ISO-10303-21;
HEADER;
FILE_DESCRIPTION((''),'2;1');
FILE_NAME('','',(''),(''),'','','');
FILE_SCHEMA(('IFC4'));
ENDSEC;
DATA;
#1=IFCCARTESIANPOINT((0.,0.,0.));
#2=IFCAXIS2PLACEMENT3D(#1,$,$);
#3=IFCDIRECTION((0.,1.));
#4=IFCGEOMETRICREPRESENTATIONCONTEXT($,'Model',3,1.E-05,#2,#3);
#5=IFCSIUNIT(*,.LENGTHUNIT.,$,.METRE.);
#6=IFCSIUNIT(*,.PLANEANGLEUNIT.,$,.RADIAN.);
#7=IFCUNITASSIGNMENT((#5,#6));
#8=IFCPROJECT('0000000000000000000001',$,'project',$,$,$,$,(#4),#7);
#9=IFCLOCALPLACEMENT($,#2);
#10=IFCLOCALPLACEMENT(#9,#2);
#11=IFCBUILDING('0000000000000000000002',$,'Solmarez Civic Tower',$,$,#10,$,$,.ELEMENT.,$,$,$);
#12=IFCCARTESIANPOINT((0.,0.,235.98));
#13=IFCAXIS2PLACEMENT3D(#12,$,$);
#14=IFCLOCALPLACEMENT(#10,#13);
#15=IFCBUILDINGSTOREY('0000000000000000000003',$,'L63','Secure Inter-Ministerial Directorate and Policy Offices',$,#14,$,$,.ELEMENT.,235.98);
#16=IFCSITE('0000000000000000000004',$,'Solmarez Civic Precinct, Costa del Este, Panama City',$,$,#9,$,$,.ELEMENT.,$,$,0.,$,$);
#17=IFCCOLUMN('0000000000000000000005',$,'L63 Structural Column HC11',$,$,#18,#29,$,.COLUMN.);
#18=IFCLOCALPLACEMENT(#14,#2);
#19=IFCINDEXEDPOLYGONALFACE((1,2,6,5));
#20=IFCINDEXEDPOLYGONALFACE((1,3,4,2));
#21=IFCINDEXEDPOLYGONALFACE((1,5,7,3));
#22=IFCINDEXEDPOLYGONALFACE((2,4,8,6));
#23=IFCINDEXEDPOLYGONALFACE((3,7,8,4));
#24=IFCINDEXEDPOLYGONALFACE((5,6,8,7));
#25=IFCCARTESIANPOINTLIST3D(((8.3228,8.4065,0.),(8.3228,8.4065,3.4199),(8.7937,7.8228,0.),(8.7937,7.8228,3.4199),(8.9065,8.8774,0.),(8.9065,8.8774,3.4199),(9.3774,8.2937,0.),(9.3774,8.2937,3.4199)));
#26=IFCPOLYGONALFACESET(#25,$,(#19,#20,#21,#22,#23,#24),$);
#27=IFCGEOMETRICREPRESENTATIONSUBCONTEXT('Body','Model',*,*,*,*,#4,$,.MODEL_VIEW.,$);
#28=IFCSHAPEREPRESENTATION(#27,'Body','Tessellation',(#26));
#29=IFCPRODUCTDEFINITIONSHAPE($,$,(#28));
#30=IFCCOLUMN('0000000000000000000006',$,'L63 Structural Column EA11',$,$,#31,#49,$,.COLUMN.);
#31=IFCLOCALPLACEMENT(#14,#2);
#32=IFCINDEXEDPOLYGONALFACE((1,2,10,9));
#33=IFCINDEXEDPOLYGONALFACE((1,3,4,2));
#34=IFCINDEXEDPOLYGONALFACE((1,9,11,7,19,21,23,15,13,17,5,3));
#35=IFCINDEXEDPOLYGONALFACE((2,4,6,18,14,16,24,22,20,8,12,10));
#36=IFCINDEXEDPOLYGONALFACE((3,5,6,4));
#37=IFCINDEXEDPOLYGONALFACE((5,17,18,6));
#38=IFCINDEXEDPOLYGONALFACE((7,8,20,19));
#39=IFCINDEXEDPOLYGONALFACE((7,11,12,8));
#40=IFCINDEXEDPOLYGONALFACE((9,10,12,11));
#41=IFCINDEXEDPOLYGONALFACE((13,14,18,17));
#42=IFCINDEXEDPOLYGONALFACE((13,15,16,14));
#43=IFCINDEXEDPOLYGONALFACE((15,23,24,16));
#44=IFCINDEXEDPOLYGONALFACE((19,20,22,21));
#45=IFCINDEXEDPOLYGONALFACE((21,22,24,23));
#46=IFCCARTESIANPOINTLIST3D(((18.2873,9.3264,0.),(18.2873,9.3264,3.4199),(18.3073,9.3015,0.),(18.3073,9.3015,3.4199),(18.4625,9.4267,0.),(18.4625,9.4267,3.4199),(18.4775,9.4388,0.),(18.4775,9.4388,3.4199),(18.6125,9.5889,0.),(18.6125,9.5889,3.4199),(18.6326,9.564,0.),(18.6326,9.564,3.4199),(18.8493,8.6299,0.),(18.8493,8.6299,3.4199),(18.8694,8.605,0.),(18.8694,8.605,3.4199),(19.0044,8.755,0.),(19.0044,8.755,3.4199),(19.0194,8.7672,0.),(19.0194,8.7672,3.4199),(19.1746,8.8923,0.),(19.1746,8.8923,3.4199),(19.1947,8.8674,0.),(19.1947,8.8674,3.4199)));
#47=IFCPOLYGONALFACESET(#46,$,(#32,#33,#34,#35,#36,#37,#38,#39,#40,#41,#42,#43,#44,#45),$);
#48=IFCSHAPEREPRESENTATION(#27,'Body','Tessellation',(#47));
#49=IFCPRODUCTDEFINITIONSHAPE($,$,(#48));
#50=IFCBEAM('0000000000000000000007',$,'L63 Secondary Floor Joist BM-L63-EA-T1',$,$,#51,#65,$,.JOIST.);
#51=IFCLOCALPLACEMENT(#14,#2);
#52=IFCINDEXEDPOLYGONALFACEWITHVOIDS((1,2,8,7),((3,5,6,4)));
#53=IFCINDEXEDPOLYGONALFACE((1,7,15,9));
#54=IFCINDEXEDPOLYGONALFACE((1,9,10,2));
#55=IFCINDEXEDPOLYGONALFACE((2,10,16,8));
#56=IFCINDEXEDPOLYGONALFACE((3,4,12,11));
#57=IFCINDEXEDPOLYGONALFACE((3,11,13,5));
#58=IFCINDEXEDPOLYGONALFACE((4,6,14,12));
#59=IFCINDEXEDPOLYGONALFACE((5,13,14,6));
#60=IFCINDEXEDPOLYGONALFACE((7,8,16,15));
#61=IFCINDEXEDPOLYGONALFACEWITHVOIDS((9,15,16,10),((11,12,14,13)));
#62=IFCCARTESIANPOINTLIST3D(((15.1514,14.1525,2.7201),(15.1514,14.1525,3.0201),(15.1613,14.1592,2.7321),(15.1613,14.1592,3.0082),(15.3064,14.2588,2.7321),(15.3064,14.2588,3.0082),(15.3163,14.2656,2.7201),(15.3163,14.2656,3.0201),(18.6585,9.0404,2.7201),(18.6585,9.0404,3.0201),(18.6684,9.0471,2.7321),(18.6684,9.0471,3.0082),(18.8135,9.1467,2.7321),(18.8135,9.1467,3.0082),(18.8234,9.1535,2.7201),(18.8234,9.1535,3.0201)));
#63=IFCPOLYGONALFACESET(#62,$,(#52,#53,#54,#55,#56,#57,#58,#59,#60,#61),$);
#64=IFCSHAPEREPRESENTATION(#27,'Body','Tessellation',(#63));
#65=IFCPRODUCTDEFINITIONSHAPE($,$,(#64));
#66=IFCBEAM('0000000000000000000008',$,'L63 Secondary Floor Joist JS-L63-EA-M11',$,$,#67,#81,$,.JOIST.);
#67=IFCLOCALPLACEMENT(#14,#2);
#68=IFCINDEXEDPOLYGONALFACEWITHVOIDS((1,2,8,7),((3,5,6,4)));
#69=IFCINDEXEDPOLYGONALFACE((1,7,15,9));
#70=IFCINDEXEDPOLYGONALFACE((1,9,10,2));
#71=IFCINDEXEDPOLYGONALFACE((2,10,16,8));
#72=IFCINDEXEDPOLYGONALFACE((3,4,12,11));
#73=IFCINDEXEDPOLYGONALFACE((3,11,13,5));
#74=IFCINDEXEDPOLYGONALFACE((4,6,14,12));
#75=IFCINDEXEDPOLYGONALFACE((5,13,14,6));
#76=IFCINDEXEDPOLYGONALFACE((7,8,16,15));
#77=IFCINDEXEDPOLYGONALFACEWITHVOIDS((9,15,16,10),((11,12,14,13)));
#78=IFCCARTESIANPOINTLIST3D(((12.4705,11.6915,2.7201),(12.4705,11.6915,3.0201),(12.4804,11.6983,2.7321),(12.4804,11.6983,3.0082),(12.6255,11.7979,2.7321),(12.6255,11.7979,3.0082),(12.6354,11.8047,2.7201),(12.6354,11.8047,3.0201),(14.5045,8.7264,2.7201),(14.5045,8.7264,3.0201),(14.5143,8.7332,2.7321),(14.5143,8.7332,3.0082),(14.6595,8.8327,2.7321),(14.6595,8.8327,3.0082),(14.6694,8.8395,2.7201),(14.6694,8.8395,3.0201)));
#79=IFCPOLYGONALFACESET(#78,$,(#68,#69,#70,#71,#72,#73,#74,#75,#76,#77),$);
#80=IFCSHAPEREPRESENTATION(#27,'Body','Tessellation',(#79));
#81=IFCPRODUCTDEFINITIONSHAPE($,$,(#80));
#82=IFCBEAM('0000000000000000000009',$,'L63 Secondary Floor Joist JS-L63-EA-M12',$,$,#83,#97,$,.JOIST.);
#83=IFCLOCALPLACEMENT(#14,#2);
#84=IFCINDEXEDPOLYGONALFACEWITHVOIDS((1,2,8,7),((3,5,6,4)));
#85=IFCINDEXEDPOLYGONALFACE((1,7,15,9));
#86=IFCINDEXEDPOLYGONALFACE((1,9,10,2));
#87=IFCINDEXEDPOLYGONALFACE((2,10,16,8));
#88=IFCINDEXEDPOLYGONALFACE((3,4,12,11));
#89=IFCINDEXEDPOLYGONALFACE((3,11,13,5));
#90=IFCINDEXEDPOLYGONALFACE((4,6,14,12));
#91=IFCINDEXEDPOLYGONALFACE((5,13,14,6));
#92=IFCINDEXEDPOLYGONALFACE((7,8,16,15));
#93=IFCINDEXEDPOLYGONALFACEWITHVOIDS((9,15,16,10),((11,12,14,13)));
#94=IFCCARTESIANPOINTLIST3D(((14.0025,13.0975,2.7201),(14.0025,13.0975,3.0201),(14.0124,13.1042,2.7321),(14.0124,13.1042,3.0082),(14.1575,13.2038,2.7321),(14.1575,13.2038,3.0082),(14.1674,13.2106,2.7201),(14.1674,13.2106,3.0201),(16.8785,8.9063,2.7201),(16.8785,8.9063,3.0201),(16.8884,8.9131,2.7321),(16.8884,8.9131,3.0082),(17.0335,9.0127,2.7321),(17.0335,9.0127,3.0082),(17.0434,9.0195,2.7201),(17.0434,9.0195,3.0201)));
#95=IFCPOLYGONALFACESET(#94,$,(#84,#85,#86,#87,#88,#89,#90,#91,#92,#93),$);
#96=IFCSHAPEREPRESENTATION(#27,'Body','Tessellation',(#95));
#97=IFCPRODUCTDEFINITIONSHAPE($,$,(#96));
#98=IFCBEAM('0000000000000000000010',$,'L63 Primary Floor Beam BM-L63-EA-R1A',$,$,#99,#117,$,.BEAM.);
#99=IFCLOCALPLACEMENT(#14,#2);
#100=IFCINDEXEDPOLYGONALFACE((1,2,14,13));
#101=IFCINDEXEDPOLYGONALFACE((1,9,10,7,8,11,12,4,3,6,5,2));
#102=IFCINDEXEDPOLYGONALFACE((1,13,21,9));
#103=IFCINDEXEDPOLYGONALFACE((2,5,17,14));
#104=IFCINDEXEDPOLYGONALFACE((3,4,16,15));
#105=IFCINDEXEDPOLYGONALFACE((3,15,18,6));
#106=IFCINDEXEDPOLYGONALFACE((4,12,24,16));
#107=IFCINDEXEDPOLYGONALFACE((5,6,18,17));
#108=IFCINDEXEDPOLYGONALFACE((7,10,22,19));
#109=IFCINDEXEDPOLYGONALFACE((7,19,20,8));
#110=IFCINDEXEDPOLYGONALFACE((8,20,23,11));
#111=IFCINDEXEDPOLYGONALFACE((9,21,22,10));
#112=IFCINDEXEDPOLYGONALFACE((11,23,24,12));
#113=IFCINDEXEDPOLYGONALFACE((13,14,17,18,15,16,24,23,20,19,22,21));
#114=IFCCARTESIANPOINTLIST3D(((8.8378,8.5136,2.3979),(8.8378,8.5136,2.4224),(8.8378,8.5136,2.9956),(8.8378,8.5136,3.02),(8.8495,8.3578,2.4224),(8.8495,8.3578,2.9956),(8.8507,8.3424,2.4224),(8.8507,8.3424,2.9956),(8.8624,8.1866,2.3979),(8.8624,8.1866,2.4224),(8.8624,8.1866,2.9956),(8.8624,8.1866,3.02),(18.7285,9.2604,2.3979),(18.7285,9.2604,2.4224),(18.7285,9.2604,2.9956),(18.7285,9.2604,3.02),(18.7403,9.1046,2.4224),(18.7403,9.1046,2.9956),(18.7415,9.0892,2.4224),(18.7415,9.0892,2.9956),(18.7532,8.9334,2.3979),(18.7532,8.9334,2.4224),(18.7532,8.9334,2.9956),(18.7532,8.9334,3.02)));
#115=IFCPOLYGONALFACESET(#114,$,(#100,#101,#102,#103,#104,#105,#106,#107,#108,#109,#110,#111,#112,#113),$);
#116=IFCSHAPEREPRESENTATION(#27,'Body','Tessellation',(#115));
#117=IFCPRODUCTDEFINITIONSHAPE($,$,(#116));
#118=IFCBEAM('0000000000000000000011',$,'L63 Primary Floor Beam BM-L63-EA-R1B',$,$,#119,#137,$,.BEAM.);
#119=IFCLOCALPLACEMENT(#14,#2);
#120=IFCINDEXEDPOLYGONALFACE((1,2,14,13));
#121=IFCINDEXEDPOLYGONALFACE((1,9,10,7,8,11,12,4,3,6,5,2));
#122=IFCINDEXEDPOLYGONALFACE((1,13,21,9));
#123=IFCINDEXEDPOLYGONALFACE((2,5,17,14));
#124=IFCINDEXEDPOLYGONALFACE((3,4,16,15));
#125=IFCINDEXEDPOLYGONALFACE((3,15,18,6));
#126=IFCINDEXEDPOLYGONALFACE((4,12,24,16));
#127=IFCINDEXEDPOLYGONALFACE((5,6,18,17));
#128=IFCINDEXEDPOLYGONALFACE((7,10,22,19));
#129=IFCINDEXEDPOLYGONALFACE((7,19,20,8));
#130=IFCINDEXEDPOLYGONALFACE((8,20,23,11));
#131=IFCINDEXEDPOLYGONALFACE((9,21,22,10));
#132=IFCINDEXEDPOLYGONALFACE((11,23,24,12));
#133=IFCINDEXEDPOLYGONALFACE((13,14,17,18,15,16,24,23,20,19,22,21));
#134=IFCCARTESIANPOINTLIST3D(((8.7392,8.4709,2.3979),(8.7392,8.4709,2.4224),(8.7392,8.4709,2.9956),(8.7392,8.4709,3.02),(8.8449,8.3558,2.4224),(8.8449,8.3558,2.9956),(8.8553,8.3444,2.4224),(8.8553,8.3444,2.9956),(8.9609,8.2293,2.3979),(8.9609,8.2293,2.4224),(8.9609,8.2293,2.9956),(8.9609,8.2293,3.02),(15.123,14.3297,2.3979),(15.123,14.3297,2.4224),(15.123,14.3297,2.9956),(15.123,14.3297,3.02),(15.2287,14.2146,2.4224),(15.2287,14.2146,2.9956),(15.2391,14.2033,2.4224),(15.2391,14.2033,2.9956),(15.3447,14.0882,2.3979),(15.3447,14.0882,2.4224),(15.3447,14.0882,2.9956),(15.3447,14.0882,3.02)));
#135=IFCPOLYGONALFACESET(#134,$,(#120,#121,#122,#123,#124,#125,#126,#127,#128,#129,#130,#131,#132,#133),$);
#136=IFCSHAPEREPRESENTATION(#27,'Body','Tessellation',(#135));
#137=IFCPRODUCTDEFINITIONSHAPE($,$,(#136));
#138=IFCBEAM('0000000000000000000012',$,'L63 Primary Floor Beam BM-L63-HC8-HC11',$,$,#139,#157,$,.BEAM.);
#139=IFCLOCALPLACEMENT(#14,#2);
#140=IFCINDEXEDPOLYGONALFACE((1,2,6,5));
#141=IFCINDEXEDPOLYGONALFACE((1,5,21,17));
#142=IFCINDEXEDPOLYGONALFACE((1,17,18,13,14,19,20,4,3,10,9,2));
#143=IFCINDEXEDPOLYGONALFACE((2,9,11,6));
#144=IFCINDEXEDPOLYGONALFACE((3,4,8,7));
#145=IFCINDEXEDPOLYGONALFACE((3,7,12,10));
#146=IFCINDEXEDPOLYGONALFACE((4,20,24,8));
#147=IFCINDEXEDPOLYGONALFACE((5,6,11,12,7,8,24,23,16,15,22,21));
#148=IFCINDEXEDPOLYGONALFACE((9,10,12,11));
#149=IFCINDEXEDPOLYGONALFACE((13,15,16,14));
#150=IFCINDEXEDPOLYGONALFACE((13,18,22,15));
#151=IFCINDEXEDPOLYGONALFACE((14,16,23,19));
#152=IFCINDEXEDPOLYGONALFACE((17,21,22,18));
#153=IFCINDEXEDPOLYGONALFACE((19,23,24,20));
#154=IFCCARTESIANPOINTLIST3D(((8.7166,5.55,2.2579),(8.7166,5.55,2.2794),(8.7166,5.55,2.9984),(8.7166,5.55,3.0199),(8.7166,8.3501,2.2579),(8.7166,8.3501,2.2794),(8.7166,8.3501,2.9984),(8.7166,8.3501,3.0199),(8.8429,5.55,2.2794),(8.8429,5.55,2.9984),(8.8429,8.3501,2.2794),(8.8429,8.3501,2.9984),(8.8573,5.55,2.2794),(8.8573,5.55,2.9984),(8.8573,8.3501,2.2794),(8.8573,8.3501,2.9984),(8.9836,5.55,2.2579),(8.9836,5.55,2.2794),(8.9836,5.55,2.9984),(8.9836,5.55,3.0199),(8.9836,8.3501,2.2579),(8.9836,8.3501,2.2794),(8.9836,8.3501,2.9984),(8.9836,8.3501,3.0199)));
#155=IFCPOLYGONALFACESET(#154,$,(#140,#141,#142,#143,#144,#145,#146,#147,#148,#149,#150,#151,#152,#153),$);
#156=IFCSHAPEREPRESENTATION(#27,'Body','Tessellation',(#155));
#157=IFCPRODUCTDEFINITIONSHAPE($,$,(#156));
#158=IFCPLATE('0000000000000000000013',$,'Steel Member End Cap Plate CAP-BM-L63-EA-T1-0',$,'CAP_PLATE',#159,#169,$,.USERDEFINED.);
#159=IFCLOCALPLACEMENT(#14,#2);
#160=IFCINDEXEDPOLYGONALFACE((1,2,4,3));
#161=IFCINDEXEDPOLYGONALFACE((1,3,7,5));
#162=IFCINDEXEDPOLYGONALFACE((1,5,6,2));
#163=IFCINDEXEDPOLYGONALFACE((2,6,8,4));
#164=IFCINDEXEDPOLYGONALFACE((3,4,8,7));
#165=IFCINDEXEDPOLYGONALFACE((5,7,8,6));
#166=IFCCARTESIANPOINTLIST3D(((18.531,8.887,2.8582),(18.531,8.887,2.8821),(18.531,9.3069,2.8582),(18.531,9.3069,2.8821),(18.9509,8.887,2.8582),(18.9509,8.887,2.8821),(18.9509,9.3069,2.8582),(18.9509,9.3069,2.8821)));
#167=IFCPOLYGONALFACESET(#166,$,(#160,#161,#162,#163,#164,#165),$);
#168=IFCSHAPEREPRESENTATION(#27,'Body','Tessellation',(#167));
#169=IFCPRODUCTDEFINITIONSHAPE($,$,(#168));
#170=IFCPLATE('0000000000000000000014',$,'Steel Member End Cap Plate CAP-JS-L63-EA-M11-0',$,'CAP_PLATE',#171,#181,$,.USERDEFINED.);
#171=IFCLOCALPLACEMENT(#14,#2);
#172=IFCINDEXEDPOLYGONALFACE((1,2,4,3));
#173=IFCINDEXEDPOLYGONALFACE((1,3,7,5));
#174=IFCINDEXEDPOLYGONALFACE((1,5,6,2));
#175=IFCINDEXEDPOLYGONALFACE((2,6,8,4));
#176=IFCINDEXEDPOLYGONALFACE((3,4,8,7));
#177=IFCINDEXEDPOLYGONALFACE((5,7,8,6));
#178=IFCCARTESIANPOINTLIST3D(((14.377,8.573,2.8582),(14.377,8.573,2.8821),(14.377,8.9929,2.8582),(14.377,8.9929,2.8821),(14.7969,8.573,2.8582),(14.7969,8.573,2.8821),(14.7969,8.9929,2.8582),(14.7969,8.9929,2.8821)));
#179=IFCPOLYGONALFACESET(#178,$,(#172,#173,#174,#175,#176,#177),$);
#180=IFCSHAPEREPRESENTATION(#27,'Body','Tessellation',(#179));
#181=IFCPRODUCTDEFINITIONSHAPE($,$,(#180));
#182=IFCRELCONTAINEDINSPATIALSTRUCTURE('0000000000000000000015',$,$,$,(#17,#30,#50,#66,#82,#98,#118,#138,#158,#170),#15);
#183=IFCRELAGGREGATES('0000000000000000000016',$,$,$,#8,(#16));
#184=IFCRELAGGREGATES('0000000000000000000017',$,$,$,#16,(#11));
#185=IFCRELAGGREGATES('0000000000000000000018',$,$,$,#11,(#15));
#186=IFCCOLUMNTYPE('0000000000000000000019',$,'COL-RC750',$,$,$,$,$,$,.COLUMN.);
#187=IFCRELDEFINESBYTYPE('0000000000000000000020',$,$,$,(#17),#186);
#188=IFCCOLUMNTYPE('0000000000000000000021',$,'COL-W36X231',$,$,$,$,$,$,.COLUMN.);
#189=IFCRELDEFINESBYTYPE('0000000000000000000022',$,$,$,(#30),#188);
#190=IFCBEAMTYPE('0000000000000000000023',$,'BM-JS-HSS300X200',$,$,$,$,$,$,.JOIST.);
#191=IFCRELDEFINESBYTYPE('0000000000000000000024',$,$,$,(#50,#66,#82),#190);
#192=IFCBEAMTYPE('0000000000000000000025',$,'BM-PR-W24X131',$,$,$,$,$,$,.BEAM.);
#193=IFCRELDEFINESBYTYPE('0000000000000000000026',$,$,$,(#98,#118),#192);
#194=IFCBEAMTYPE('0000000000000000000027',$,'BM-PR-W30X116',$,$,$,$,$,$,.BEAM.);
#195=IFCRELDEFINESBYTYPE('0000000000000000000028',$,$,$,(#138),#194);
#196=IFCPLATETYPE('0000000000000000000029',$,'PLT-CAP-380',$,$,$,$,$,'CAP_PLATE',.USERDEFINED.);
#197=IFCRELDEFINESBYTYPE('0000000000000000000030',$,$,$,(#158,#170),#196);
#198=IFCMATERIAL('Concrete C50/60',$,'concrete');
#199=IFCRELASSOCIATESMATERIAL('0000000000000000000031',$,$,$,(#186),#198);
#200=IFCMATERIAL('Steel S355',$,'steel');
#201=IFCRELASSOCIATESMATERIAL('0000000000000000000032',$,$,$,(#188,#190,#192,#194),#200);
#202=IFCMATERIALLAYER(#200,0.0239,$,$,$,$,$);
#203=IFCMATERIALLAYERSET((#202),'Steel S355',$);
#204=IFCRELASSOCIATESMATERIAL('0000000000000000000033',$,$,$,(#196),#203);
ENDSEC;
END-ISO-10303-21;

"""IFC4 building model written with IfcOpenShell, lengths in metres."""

from ifc_helpers import new_model, si_unit, direction, frame, origin, origin_2d, place, context, subcontext, project, spatial, rectangle, hollow_rectangle, i_section, extrude, material, layer, layer_set, material_profile, profile_set, type_object, element, save


model = new_model("IFC4")

# Units and contexts
model_context = context("Model", 3, precision=1e-05, world=origin(), true_north=direction((0.0, 1.0)))
body_context = subcontext(model_context, "Body", "Model", "MODEL_VIEW")
ifc_project = project(units=[si_unit("LENGTHUNIT", "METRE"), si_unit("PLANEANGLEUNIT", "RADIAN")], contexts=[model_context])

# Site, building, storey
site_placement = place(None, origin())
site = spatial("IfcSite", under=ifc_project, at=site_placement, Name="Solmarez Civic Precinct, Costa del Este, Panama City", CompositionType="ELEMENT", RefElevation=0.0)
building_placement = place(site_placement, origin())
building = spatial("IfcBuilding", under=site, at=building_placement, Name="Solmarez Civic Tower", CompositionType="ELEMENT")
storey_placement = place(building_placement, frame((0.0, 0.0, 235.98)))
storey = spatial("IfcBuildingStorey", under=building, at=storey_placement, Name="L63", Description="Secure Inter-Ministerial Directorate and Policy Offices", CompositionType="ELEMENT", Elevation=235.98)

# Columns
ifc_material_1 = material(Name="Concrete C50/60", Category="concrete")
ifc_material_profile_1 = material_profile(ifc_material_1, rectangle(XDim=0.75, YDim=0.75, at=origin_2d()), Name="RC750X750")
ifc_profile_set_1 = profile_set([ifc_material_profile_1], Name="Concrete C50/60")
column_type_1 = type_object("IfcColumnType", Name="COL-RC750", PredefinedType="COLUMN", material=ifc_profile_set_1)
column_1_placement = place(storey_placement, frame((8.8501, 8.3501, 0.0), z_axis=(0.0, 0.0, 1.0), x_axis=(0.778243, 0.627963, 0.0)))
element("IfcColumn", 1, at=column_1_placement, inside=storey, type_object=column_type_1, Name="L63 Structural Column HC11", PredefinedType="COLUMN", context=body_context, shape_type="SweptSolid", body=[
    extrude(rectangle(XDim=0.75, YDim=0.75, at=origin_2d()), origin(), (0.0, 0.0, 1.0), 3.4199),
])
ifc_material_2 = material(Name="Steel S355", Category="steel")
ifc_material_profile_2 = material_profile(ifc_material_2, i_section(OverallWidth=0.418, OverallDepth=0.927, WebThickness=0.0193, FlangeThickness=0.032, at=origin_2d()), Name="W36X231")
ifc_profile_set_2 = profile_set([ifc_material_profile_2], Name="Steel S355")
column_type_2 = type_object("IfcColumnType", Name="COL-W36X231", PredefinedType="COLUMN", material=ifc_profile_set_2)
column_2_placement = place(storey_placement, frame((18.741, 9.0969, 0.0), z_axis=(0.0, 0.0, 1.0), x_axis=(0.778243, 0.627963, 0.0)))
element("IfcColumn", 2, at=column_2_placement, inside=storey, type_object=column_type_2, Name="L63 Structural Column EA11", PredefinedType="COLUMN", context=body_context, shape_type="SweptSolid", body=[
    extrude(i_section(OverallWidth=0.418, OverallDepth=0.927, WebThickness=0.0193, FlangeThickness=0.032, at=origin_2d()), origin(), (0.0, 0.0, 1.0), 3.4199),
])

# Beams
ifc_material_profile_3 = material_profile(ifc_material_2, hollow_rectangle(XDim=0.2, YDim=0.3, WallThickness=0.012, at=origin_2d()), Name="HSS300X200X12")
ifc_profile_set_3 = profile_set([ifc_material_profile_3], Name="Steel S355")
beam_type_1 = type_object("IfcBeamType", Name="BM-JS-HSS300X200", PredefinedType="JOIST", material=ifc_profile_set_3)
beam_1_placement = place(storey_placement, frame((18.741, 9.0969, 2.8701), z_axis=(-0.565711, 0.824603, 0.0), x_axis=(-0.824603, -0.565711, 0.0)))
element("IfcBeam", 3, at=beam_1_placement, inside=storey, type_object=beam_type_1, Name="L63 Secondary Floor Joist BM-L63-EA-T1", PredefinedType="JOIST", context=body_context, shape_type="SweptSolid", body=[
    extrude(hollow_rectangle(XDim=0.2, YDim=0.3, WallThickness=0.012, at=origin_2d()), origin(), (0.0, 0.0, 1.0), 6.1995),
])
beam_2_placement = place(storey_placement, frame((14.5869, 8.783, 2.8701), z_axis=(-0.565667, 0.824634, 0.0), x_axis=(-0.824634, -0.565667, 0.0)))
element("IfcBeam", 4, at=beam_2_placement, inside=storey, type_object=beam_type_1, Name="L63 Secondary Floor Joist JS-L63-EA-M11", PredefinedType="JOIST", context=body_context, shape_type="SweptSolid", body=[
    extrude(hollow_rectangle(XDim=0.2, YDim=0.3, WallThickness=0.012, at=origin_2d()), origin(), (0.0, 0.0, 1.0), 3.5957),
])
beam_3_placement = place(storey_placement, frame((16.9609, 8.9629, 2.8701), z_axis=(-0.565801, 0.824542, 0.0), x_axis=(-0.824542, -0.565801, 0.0)))
element("IfcBeam", 5, at=beam_3_placement, inside=storey, type_object=beam_type_1, Name="L63 Secondary Floor Joist JS-L63-EA-M12", PredefinedType="JOIST", context=body_context, shape_type="SweptSolid", body=[
    extrude(hollow_rectangle(XDim=0.2, YDim=0.3, WallThickness=0.012, at=origin_2d()), origin(), (0.0, 0.0, 1.0), 5.083),
])
ifc_material_profile_4 = material_profile(ifc_material_2, i_section(OverallWidth=0.3279, OverallDepth=0.6221, WebThickness=0.0154, FlangeThickness=0.0244, at=origin_2d()), Name="W24X131")
ifc_profile_set_4 = profile_set([ifc_material_profile_4], Name="Steel S355")
beam_type_2 = type_object("IfcBeamType", Name="BM-PR-W24X131", PredefinedType="BEAM", material=ifc_profile_set_4)
beam_4_placement = place(storey_placement, frame((8.8501, 8.3501, 2.709), z_axis=(0.997162, 0.075292, 0.0), x_axis=(-0.075292, 0.997162, 0.0)))
element("IfcBeam", 6, at=beam_4_placement, inside=storey, type_object=beam_type_2, Name="L63 Primary Floor Beam BM-L63-EA-R1A", PredefinedType="BEAM", context=body_context, shape_type="SweptSolid", body=[
    extrude(i_section(OverallWidth=0.3279, OverallDepth=0.6221, WebThickness=0.0154, FlangeThickness=0.0244, at=origin_2d()), origin(), (0.0, 0.0, 1.0), 9.9189),
])
beam_5_placement = place(storey_placement, frame((8.8501, 8.3501, 2.709), z_axis=(0.736747, 0.676169, 0.0), x_axis=(-0.676169, 0.736747, 0.0)))
element("IfcBeam", 7, at=beam_5_placement, inside=storey, type_object=beam_type_2, Name="L63 Primary Floor Beam BM-L63-EA-R1B", PredefinedType="BEAM", context=body_context, shape_type="SweptSolid", body=[
    extrude(i_section(OverallWidth=0.3279, OverallDepth=0.6221, WebThickness=0.0154, FlangeThickness=0.0244, at=origin_2d()), origin(), (0.0, 0.0, 1.0), 8.6648),
])
ifc_material_profile_5 = material_profile(ifc_material_2, i_section(OverallWidth=0.2671, OverallDepth=0.762, WebThickness=0.0144, FlangeThickness=0.0215, at=origin_2d()), Name="W30X116")
ifc_profile_set_5 = profile_set([ifc_material_profile_5], Name="Steel S355")
beam_type_3 = type_object("IfcBeamType", Name="BM-PR-W30X116", PredefinedType="BEAM", material=ifc_profile_set_5)
beam_6_placement = place(storey_placement, frame((8.8501, 5.55, 2.6389), z_axis=(0.0, 1.0, 0.0), x_axis=(-1.0, 0.0, 0.0)))
element("IfcBeam", 8, at=beam_6_placement, inside=storey, type_object=beam_type_3, Name="L63 Primary Floor Beam BM-L63-HC8-HC11", PredefinedType="BEAM", context=body_context, shape_type="SweptSolid", body=[
    extrude(i_section(OverallWidth=0.2671, OverallDepth=0.762, WebThickness=0.0144, FlangeThickness=0.0215, at=origin_2d()), origin(), (0.0, 0.0, 1.0), 2.8),
])

# Plates
ifc_layer_1 = layer(ifc_material_2, 0.0239)
ifc_layer_set_1 = layer_set([ifc_layer_1], Name="Steel S355")
plate_type = type_object("IfcPlateType", Name="PLT-CAP-380", ElementType="CAP_PLATE", PredefinedType="USERDEFINED", material=ifc_layer_set_1)
for number, where, z_axis, x_axis, name in (
    (9, (18.741, 9.0969, 2.8582), (0.0, 0.0, 1.0), (1.0, 0.0, 0.0), "Steel Member End Cap Plate CAP-BM-L63-EA-T1-0"),
    (10, (14.5869, 8.783, 2.8582), (0.0, 0.0, 1.0), (1.0, 0.0, 0.0), "Steel Member End Cap Plate CAP-JS-L63-EA-M11-0"),
):
    element("IfcPlate", number, at=place(storey_placement, frame(where, z_axis=z_axis, x_axis=x_axis)), inside=storey, type_object=plate_type, Name=name, ObjectType="CAP_PLATE", PredefinedType="USERDEFINED", context=body_context, shape_type="SweptSolid", body=[
        extrude(rectangle(XDim=0.4199, YDim=0.4199, at=origin_2d()), origin(), (0.0, 0.0, 1.0), 0.0239),
    ])

save(model, "model.ifc")
